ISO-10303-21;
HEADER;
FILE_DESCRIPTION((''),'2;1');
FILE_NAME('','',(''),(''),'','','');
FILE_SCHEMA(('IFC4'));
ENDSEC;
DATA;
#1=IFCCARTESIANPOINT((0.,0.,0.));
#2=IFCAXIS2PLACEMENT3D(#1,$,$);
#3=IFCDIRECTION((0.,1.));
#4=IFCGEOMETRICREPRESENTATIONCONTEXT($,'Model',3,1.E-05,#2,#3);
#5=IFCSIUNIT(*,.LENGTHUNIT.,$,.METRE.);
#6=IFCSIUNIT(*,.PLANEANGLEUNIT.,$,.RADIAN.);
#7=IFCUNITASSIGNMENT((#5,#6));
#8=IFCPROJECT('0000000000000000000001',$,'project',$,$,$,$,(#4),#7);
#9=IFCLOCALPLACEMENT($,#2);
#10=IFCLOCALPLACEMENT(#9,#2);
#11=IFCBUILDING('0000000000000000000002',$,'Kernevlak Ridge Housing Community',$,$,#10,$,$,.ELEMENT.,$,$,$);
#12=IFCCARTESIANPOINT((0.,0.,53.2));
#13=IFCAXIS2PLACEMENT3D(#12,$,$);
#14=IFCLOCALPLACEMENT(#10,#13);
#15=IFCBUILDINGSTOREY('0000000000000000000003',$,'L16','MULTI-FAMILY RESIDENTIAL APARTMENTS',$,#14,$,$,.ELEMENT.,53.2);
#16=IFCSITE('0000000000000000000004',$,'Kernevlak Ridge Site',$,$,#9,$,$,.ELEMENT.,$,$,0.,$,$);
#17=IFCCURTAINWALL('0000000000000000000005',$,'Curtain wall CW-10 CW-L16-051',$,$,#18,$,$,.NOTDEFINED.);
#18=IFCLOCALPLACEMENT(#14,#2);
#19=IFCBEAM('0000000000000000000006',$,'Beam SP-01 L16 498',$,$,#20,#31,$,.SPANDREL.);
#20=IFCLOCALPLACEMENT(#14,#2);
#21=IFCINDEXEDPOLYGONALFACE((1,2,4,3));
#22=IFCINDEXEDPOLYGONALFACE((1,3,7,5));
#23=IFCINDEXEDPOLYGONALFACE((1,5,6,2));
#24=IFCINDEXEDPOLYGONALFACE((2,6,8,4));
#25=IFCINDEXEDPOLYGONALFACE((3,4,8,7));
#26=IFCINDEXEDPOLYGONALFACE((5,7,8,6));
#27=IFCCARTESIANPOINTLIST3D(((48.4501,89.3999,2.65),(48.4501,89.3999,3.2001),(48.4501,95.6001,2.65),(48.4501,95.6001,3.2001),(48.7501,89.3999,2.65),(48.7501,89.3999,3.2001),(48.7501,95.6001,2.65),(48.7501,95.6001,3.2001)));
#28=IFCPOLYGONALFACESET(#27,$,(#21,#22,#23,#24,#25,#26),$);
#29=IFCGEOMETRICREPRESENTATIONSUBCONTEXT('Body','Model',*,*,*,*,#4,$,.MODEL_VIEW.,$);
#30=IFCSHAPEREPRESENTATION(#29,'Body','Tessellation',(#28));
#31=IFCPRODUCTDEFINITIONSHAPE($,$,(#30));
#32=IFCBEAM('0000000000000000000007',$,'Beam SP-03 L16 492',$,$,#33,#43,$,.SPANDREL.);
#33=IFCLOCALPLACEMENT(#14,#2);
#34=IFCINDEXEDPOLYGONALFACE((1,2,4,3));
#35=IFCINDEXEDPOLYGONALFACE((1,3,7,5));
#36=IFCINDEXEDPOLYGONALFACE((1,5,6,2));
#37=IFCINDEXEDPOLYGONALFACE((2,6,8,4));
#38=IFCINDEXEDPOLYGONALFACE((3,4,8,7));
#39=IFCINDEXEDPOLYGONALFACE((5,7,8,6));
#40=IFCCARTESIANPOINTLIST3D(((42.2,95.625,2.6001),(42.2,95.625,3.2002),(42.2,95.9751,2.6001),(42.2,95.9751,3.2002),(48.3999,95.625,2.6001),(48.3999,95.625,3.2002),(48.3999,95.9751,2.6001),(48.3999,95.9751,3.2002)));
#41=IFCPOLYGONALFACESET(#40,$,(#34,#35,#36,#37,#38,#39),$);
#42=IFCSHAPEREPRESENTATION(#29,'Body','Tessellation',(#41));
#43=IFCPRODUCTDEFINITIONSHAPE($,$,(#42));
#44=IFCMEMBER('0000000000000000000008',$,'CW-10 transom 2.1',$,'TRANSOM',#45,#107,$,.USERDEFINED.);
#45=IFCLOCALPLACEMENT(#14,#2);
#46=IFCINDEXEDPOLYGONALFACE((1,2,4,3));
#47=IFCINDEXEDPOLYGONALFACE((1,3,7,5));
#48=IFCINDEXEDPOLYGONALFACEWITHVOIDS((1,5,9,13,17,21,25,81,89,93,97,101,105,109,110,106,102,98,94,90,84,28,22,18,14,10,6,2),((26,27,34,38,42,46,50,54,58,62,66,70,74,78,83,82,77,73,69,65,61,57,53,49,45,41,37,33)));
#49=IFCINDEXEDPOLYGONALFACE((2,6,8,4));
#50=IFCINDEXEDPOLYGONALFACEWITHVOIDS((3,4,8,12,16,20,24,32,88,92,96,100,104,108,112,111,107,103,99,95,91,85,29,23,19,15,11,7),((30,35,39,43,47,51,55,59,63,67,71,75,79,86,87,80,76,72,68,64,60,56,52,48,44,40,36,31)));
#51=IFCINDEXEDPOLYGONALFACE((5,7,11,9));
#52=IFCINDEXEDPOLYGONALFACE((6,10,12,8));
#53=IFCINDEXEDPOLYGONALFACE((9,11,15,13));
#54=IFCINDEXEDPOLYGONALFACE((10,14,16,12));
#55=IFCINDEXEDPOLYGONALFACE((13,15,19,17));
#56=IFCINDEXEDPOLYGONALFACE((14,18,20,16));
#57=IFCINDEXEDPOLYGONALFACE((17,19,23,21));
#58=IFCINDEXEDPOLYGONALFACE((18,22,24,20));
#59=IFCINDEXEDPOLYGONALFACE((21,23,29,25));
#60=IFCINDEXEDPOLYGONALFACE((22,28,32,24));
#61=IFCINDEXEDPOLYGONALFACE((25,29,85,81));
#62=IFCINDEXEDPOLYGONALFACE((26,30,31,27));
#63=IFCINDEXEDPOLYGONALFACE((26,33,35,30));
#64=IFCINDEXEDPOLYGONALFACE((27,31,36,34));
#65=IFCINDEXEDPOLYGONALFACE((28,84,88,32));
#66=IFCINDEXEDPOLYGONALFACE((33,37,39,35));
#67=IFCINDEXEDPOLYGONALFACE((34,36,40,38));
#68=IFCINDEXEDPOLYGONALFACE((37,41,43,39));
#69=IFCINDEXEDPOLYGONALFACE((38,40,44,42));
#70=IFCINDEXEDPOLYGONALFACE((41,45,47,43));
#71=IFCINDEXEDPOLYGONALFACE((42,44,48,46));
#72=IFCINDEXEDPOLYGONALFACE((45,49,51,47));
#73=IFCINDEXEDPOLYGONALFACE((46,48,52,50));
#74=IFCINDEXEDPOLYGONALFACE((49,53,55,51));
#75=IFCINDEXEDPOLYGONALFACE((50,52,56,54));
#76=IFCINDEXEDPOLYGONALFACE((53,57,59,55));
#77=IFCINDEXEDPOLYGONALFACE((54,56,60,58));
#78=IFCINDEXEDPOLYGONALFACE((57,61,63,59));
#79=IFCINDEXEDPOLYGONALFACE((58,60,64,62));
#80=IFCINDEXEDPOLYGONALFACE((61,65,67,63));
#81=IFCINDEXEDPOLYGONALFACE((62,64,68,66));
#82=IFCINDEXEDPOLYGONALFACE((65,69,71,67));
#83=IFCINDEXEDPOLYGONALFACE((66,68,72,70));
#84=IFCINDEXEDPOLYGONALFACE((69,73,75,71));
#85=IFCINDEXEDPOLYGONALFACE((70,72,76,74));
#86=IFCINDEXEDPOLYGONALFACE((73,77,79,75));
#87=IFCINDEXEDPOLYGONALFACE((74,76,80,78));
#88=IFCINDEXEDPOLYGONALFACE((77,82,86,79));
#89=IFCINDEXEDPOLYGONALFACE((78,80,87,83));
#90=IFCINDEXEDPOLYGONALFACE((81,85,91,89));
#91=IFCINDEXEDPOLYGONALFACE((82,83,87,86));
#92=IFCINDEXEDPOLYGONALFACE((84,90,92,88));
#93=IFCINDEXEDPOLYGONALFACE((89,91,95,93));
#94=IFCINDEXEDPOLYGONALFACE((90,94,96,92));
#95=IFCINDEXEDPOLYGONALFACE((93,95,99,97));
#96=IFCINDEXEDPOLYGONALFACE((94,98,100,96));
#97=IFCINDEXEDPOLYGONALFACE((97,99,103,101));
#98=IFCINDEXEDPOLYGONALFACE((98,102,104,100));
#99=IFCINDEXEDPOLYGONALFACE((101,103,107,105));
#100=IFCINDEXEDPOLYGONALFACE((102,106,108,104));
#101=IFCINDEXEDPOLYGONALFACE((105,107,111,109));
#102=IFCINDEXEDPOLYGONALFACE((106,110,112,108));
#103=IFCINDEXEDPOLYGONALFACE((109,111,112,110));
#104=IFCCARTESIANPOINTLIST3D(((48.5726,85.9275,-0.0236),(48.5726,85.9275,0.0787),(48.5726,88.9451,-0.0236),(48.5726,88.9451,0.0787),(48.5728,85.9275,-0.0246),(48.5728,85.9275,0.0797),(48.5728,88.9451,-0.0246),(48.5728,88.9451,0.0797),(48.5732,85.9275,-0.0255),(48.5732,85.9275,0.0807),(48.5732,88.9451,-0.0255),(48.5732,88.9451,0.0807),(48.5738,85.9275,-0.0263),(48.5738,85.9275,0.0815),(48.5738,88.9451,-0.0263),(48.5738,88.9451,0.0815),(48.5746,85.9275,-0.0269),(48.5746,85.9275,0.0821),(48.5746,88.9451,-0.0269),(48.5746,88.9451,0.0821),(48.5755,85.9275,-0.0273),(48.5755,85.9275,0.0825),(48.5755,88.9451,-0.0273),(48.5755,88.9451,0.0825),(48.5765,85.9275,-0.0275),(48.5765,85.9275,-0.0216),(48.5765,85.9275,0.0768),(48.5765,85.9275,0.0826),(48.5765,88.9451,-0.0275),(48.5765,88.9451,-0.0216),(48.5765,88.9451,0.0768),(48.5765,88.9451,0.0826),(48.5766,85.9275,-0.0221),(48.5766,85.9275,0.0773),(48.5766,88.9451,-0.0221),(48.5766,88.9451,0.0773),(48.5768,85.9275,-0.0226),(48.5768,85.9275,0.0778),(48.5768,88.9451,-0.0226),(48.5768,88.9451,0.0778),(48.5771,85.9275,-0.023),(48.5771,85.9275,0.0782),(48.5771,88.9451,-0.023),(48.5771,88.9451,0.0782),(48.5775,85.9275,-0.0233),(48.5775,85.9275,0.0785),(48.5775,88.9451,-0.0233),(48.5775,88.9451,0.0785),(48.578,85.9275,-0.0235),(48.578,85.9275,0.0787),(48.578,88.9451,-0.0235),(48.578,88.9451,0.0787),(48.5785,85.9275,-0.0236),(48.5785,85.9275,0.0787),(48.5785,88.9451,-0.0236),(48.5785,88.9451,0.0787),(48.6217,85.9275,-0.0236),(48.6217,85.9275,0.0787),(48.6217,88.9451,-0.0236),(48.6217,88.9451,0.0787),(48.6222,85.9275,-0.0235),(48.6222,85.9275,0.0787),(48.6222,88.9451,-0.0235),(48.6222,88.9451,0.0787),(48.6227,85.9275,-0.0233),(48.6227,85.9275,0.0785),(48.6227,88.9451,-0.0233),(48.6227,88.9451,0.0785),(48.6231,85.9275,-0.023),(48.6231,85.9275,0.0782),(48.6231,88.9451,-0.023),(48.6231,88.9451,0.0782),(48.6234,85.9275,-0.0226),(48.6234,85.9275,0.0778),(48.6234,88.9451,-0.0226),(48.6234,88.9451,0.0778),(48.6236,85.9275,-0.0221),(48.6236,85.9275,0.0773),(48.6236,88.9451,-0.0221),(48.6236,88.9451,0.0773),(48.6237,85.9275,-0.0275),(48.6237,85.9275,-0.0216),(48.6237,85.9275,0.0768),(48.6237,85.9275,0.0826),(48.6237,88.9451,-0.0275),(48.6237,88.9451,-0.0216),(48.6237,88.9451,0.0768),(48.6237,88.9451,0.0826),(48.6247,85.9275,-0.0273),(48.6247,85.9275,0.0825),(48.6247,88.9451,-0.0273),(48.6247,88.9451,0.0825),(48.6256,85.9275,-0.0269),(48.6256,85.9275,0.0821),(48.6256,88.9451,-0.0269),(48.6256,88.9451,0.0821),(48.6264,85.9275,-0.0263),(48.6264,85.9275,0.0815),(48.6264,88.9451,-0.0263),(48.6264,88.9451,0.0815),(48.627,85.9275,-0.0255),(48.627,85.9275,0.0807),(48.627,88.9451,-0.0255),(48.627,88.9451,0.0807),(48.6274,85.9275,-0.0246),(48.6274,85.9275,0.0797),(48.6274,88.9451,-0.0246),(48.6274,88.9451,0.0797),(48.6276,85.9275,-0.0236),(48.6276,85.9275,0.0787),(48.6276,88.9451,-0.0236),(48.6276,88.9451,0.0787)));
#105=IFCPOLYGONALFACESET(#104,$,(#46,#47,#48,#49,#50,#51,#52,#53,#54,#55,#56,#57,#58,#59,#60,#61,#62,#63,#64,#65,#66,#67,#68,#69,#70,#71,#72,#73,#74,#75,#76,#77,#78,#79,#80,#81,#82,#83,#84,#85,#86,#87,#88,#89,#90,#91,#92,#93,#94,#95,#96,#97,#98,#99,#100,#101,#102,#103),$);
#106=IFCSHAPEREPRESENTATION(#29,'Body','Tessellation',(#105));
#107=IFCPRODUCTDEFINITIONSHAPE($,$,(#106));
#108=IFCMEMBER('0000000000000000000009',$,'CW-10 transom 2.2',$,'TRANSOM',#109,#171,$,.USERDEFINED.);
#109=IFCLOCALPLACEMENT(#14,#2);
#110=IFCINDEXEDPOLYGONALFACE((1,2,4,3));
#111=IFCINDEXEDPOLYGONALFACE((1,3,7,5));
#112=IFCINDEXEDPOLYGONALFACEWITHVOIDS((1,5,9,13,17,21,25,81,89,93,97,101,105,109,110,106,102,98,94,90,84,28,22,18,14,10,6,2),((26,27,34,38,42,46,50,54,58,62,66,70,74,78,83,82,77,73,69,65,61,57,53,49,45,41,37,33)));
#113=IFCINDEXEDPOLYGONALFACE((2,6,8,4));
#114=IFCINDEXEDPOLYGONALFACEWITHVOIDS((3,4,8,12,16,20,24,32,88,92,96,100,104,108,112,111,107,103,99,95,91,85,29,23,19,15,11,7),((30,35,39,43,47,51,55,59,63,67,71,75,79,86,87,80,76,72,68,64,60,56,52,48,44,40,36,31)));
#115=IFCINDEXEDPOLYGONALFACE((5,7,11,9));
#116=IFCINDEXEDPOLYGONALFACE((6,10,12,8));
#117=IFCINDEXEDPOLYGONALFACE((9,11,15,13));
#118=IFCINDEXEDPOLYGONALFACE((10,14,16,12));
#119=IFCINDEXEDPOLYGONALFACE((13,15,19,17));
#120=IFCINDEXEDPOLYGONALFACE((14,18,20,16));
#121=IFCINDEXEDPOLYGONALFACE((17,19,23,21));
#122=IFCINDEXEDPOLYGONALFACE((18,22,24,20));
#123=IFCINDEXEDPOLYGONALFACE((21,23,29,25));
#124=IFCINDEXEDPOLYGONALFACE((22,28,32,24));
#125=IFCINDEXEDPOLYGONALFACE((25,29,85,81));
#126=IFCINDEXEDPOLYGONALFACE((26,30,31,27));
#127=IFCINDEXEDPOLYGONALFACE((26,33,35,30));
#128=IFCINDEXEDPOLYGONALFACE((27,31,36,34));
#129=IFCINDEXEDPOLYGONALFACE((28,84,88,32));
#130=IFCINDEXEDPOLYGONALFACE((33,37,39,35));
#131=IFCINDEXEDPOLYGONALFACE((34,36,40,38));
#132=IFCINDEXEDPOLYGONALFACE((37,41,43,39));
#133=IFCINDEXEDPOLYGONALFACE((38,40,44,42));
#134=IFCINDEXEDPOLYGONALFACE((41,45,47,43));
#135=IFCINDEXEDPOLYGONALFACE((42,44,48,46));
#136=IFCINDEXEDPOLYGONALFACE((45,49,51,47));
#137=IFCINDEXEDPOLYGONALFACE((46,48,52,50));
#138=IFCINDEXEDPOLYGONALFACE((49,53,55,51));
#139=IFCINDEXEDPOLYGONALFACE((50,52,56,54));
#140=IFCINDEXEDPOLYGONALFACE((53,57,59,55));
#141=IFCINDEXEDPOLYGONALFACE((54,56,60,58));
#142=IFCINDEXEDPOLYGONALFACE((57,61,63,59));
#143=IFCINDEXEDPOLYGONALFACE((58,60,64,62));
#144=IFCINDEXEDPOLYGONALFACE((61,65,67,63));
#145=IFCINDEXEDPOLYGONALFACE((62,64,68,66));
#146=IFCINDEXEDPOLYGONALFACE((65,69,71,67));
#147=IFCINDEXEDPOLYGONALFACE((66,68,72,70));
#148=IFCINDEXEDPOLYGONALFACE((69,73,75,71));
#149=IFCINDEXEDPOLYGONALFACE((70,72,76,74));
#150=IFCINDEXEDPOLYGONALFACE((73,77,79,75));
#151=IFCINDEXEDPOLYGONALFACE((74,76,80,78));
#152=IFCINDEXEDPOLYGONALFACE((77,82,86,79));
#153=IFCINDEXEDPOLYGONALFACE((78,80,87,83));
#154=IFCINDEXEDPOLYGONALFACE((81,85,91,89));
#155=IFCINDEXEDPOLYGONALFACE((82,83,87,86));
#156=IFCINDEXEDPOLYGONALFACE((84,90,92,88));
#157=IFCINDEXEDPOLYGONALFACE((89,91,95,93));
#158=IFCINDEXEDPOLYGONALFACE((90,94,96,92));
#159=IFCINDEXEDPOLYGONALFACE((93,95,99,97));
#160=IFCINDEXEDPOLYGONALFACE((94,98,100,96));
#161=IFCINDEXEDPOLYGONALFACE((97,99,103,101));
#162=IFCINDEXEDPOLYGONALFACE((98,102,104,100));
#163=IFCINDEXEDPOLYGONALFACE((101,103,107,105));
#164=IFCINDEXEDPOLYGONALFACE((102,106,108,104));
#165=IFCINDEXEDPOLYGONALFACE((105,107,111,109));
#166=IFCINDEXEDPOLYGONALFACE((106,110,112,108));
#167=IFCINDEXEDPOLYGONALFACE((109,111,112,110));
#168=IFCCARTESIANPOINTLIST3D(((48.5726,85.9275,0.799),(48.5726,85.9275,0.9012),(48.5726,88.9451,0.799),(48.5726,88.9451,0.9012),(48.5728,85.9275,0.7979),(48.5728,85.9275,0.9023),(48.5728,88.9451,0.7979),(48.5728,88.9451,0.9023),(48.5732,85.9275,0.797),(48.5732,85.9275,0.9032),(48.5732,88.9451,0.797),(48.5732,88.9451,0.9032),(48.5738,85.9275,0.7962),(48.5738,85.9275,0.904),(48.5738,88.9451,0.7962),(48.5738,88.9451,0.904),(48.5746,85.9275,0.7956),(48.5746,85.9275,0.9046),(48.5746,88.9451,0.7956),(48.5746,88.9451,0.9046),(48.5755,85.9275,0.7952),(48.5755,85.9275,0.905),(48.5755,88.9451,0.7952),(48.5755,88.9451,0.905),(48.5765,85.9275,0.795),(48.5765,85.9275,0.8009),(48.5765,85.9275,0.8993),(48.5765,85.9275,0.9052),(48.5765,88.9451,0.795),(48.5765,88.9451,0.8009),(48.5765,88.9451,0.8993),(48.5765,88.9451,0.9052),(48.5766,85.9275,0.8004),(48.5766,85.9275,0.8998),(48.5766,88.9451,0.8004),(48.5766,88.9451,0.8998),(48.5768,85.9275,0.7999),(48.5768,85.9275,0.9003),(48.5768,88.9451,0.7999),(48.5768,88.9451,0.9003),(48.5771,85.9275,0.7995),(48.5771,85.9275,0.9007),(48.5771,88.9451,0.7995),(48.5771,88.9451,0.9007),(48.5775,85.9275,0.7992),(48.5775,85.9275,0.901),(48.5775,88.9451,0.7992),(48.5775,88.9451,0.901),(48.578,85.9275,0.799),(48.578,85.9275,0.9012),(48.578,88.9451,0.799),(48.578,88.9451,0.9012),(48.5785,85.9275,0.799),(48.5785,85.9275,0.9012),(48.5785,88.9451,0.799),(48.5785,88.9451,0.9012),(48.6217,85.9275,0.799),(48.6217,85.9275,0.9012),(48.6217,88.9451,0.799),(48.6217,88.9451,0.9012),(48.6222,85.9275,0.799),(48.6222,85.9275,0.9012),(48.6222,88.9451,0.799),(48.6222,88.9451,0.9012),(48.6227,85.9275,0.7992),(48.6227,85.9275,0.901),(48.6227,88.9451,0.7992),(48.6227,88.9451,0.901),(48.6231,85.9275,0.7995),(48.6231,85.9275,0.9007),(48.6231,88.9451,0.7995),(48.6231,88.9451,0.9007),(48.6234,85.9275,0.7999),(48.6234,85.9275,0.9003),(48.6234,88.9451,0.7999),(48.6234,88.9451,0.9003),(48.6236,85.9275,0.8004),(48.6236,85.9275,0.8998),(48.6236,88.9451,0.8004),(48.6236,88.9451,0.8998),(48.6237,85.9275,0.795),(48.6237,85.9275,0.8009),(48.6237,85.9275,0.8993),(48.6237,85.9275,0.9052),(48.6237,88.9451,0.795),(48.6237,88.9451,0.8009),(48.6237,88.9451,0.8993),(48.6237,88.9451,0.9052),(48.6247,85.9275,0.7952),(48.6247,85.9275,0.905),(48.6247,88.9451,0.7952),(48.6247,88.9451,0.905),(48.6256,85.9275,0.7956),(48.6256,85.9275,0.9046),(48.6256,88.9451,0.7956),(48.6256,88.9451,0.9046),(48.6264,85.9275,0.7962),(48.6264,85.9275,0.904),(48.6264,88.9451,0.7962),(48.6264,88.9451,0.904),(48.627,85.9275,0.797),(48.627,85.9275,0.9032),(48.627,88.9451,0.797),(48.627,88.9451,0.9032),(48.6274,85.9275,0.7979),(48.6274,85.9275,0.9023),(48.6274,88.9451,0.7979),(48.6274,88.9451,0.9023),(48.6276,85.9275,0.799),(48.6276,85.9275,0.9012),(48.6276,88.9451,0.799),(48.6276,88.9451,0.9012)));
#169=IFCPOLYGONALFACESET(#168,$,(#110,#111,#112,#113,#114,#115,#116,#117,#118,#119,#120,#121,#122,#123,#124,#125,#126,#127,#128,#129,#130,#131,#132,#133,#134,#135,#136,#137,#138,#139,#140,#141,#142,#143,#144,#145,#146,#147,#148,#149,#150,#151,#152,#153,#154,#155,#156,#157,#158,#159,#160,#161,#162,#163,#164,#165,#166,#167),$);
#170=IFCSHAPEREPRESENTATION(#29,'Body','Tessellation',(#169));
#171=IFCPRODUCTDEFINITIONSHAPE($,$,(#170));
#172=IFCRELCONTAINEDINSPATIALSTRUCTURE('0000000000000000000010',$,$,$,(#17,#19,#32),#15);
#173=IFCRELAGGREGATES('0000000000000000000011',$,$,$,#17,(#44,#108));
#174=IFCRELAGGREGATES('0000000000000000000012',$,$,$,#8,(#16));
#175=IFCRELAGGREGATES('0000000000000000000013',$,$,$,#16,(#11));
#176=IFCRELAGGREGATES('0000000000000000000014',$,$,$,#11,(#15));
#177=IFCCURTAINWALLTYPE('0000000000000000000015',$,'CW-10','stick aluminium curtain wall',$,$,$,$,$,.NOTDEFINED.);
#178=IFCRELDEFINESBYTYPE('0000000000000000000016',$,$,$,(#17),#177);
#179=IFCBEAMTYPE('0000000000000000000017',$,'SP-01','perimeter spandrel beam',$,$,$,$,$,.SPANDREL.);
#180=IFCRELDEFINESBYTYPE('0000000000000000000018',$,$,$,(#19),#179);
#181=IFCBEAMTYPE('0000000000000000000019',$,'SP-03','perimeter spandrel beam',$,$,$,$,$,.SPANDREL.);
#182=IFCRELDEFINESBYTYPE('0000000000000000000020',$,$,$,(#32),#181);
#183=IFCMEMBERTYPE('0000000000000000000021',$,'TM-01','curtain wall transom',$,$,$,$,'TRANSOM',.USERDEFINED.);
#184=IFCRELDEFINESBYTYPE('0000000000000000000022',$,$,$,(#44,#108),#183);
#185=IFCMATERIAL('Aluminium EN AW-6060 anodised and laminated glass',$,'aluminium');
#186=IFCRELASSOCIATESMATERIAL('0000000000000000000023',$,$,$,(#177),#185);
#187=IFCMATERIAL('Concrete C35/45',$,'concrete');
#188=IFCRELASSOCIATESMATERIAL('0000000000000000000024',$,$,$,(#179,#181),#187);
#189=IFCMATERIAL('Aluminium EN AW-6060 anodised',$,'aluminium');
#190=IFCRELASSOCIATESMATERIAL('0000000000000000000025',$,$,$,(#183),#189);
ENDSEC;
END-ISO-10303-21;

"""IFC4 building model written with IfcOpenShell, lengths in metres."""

from ifc_helpers import new_model, si_unit, direction, frame, origin, origin_2d, place, context, subcontext, project, spatial, rectangle, hollow_rectangle, extrude, material, material_profile, profile_set, type_object, element, aggregate, save


model = new_model("IFC4")

# Units and contexts
model_context = context("Model", 3, precision=1e-05, world=origin(), true_north=direction((0.0, 1.0)))
body_context = subcontext(model_context, "Body", "Model", "MODEL_VIEW")
ifc_project = project(units=[si_unit("LENGTHUNIT", "METRE"), si_unit("PLANEANGLEUNIT", "RADIAN")], contexts=[model_context])

# Site, building, storey
site_placement = place(None, origin())
site = spatial("IfcSite", under=ifc_project, at=site_placement, Name="Kernevlak Ridge Site", CompositionType="ELEMENT", RefElevation=0.0)
building_placement = place(site_placement, origin())
building = spatial("IfcBuilding", under=site, at=building_placement, Name="Kernevlak Ridge Housing Community", CompositionType="ELEMENT")
storey_placement = place(building_placement, frame((0.0, 0.0, 53.2)))
storey = spatial("IfcBuildingStorey", under=building, at=storey_placement, Name="L16", Description="MULTI-FAMILY RESIDENTIAL APARTMENTS", CompositionType="ELEMENT", Elevation=53.2)

# Shared definitions
ifc_material_1 = material(Name="Concrete C35/45", Category="concrete")

# Curtain wall
ifc_material_2 = material(Name="Aluminium EN AW-6060 anodised and laminated glass", Category="aluminium")
curtain_wall_type = type_object("IfcCurtainWallType", Name="CW-10", Description="stick aluminium curtain wall", PredefinedType="NOTDEFINED", material=ifc_material_2)
curtain_wall_placement = place(storey_placement, origin())
curtain_wall = element("IfcCurtainWall", 1, at=curtain_wall_placement, inside=storey, type_object=curtain_wall_type, Name="Curtain wall CW-10 CW-L16-051", PredefinedType="NOTDEFINED")
ifc_material_3 = material(Name="Aluminium EN AW-6060 anodised", Category="aluminium")

# Beams
ifc_material_profile_1 = material_profile(ifc_material_1, rectangle(XDim=0.3, YDim=0.55, at=origin_2d()), Name="RC 300x550")
ifc_profile_set_1 = profile_set([ifc_material_profile_1], Name="Concrete C35/45")
beam_type_1 = type_object("IfcBeamType", Name="SP-01", Description="perimeter spandrel beam", PredefinedType="SPANDREL", material=ifc_profile_set_1)
beam_1_placement = place(storey_placement, frame((48.6001, 89.3999, 2.925), z_axis=(0.0, 1.0, 0.0), x_axis=(-1.0, 0.0, 0.0)))
element("IfcBeam", 2, at=beam_1_placement, inside=storey, type_object=beam_type_1, Name="Beam SP-01 L16 498", PredefinedType="SPANDREL", context=body_context, shape_type="SweptSolid", body=[
    extrude(rectangle(XDim=0.3, YDim=0.55, at=origin_2d()), origin(), (0.0, 0.0, 1.0), 6.2002),
])
ifc_material_profile_2 = material_profile(ifc_material_1, rectangle(XDim=0.3501, YDim=0.6001, at=origin_2d()), Name="RC 350x600")
ifc_profile_set_2 = profile_set([ifc_material_profile_2], Name="Concrete C35/45")
beam_type_2 = type_object("IfcBeamType", Name="SP-03", Description="perimeter spandrel beam", PredefinedType="SPANDREL", material=ifc_profile_set_2)
beam_2_placement = place(storey_placement, frame((42.2, 95.8, 2.9001), z_axis=(1.0, 0.0, 0.0), x_axis=(0.0, 1.0, 0.0)))
element("IfcBeam", 3, at=beam_2_placement, inside=storey, type_object=beam_type_2, Name="Beam SP-03 L16 492", PredefinedType="SPANDREL", context=body_context, shape_type="SweptSolid", body=[
    extrude(rectangle(XDim=0.3501, YDim=0.6001, at=origin_2d()), origin(), (0.0, 0.0, 1.0), 6.2),
])

# Members
ifc_material_profile_3 = material_profile(ifc_material_3, hollow_rectangle(XDim=0.0549, YDim=0.1101, WallThickness=0.0039, InnerFilletRadius=0.002, OuterFilletRadius=0.0039, at=origin_2d()), Name="ALU 55x110x4")
ifc_profile_set_3 = profile_set([ifc_material_profile_3], Name="Aluminium EN AW-6060 anodised")
member_type_1 = type_object("IfcMemberType", Name="TM-01", Description="curtain wall transom", ElementType="TRANSOM", PredefinedType="USERDEFINED", material=ifc_profile_set_3)
member_1_placement = place(storey_placement, frame((48.6001, 85.9275, 0.0276), z_axis=(0.0, 1.0, 0.0), x_axis=(-1.0, 0.0, 0.0)))
member_1 = element("IfcMember", 4, at=member_1_placement, type_object=member_type_1, Name="CW-10 transom 2.1", ObjectType="TRANSOM", PredefinedType="USERDEFINED", context=body_context, shape_type="SweptSolid", body=[
    extrude(hollow_rectangle(XDim=0.0549, YDim=0.1101, WallThickness=0.0039, InnerFilletRadius=0.002, OuterFilletRadius=0.0039, at=origin_2d()), origin(), (0.0, 0.0, 1.0), 3.0176),
])
member_2_placement = place(storey_placement, frame((48.6001, 85.9275, 0.8501), z_axis=(0.0, 1.0, 0.0), x_axis=(-1.0, 0.0, 0.0)))
member_2 = element("IfcMember", 5, at=member_2_placement, type_object=member_type_1, Name="CW-10 transom 2.2", ObjectType="TRANSOM", PredefinedType="USERDEFINED", context=body_context, shape_type="SweptSolid", body=[
    extrude(hollow_rectangle(XDim=0.0549, YDim=0.1101, WallThickness=0.0039, InnerFilletRadius=0.002, OuterFilletRadius=0.0039, at=origin_2d()), origin(), (0.0, 0.0, 1.0), 3.0176),
])

aggregate(curtain_wall, [member_1, member_2])

save(model, "model.ifc")
